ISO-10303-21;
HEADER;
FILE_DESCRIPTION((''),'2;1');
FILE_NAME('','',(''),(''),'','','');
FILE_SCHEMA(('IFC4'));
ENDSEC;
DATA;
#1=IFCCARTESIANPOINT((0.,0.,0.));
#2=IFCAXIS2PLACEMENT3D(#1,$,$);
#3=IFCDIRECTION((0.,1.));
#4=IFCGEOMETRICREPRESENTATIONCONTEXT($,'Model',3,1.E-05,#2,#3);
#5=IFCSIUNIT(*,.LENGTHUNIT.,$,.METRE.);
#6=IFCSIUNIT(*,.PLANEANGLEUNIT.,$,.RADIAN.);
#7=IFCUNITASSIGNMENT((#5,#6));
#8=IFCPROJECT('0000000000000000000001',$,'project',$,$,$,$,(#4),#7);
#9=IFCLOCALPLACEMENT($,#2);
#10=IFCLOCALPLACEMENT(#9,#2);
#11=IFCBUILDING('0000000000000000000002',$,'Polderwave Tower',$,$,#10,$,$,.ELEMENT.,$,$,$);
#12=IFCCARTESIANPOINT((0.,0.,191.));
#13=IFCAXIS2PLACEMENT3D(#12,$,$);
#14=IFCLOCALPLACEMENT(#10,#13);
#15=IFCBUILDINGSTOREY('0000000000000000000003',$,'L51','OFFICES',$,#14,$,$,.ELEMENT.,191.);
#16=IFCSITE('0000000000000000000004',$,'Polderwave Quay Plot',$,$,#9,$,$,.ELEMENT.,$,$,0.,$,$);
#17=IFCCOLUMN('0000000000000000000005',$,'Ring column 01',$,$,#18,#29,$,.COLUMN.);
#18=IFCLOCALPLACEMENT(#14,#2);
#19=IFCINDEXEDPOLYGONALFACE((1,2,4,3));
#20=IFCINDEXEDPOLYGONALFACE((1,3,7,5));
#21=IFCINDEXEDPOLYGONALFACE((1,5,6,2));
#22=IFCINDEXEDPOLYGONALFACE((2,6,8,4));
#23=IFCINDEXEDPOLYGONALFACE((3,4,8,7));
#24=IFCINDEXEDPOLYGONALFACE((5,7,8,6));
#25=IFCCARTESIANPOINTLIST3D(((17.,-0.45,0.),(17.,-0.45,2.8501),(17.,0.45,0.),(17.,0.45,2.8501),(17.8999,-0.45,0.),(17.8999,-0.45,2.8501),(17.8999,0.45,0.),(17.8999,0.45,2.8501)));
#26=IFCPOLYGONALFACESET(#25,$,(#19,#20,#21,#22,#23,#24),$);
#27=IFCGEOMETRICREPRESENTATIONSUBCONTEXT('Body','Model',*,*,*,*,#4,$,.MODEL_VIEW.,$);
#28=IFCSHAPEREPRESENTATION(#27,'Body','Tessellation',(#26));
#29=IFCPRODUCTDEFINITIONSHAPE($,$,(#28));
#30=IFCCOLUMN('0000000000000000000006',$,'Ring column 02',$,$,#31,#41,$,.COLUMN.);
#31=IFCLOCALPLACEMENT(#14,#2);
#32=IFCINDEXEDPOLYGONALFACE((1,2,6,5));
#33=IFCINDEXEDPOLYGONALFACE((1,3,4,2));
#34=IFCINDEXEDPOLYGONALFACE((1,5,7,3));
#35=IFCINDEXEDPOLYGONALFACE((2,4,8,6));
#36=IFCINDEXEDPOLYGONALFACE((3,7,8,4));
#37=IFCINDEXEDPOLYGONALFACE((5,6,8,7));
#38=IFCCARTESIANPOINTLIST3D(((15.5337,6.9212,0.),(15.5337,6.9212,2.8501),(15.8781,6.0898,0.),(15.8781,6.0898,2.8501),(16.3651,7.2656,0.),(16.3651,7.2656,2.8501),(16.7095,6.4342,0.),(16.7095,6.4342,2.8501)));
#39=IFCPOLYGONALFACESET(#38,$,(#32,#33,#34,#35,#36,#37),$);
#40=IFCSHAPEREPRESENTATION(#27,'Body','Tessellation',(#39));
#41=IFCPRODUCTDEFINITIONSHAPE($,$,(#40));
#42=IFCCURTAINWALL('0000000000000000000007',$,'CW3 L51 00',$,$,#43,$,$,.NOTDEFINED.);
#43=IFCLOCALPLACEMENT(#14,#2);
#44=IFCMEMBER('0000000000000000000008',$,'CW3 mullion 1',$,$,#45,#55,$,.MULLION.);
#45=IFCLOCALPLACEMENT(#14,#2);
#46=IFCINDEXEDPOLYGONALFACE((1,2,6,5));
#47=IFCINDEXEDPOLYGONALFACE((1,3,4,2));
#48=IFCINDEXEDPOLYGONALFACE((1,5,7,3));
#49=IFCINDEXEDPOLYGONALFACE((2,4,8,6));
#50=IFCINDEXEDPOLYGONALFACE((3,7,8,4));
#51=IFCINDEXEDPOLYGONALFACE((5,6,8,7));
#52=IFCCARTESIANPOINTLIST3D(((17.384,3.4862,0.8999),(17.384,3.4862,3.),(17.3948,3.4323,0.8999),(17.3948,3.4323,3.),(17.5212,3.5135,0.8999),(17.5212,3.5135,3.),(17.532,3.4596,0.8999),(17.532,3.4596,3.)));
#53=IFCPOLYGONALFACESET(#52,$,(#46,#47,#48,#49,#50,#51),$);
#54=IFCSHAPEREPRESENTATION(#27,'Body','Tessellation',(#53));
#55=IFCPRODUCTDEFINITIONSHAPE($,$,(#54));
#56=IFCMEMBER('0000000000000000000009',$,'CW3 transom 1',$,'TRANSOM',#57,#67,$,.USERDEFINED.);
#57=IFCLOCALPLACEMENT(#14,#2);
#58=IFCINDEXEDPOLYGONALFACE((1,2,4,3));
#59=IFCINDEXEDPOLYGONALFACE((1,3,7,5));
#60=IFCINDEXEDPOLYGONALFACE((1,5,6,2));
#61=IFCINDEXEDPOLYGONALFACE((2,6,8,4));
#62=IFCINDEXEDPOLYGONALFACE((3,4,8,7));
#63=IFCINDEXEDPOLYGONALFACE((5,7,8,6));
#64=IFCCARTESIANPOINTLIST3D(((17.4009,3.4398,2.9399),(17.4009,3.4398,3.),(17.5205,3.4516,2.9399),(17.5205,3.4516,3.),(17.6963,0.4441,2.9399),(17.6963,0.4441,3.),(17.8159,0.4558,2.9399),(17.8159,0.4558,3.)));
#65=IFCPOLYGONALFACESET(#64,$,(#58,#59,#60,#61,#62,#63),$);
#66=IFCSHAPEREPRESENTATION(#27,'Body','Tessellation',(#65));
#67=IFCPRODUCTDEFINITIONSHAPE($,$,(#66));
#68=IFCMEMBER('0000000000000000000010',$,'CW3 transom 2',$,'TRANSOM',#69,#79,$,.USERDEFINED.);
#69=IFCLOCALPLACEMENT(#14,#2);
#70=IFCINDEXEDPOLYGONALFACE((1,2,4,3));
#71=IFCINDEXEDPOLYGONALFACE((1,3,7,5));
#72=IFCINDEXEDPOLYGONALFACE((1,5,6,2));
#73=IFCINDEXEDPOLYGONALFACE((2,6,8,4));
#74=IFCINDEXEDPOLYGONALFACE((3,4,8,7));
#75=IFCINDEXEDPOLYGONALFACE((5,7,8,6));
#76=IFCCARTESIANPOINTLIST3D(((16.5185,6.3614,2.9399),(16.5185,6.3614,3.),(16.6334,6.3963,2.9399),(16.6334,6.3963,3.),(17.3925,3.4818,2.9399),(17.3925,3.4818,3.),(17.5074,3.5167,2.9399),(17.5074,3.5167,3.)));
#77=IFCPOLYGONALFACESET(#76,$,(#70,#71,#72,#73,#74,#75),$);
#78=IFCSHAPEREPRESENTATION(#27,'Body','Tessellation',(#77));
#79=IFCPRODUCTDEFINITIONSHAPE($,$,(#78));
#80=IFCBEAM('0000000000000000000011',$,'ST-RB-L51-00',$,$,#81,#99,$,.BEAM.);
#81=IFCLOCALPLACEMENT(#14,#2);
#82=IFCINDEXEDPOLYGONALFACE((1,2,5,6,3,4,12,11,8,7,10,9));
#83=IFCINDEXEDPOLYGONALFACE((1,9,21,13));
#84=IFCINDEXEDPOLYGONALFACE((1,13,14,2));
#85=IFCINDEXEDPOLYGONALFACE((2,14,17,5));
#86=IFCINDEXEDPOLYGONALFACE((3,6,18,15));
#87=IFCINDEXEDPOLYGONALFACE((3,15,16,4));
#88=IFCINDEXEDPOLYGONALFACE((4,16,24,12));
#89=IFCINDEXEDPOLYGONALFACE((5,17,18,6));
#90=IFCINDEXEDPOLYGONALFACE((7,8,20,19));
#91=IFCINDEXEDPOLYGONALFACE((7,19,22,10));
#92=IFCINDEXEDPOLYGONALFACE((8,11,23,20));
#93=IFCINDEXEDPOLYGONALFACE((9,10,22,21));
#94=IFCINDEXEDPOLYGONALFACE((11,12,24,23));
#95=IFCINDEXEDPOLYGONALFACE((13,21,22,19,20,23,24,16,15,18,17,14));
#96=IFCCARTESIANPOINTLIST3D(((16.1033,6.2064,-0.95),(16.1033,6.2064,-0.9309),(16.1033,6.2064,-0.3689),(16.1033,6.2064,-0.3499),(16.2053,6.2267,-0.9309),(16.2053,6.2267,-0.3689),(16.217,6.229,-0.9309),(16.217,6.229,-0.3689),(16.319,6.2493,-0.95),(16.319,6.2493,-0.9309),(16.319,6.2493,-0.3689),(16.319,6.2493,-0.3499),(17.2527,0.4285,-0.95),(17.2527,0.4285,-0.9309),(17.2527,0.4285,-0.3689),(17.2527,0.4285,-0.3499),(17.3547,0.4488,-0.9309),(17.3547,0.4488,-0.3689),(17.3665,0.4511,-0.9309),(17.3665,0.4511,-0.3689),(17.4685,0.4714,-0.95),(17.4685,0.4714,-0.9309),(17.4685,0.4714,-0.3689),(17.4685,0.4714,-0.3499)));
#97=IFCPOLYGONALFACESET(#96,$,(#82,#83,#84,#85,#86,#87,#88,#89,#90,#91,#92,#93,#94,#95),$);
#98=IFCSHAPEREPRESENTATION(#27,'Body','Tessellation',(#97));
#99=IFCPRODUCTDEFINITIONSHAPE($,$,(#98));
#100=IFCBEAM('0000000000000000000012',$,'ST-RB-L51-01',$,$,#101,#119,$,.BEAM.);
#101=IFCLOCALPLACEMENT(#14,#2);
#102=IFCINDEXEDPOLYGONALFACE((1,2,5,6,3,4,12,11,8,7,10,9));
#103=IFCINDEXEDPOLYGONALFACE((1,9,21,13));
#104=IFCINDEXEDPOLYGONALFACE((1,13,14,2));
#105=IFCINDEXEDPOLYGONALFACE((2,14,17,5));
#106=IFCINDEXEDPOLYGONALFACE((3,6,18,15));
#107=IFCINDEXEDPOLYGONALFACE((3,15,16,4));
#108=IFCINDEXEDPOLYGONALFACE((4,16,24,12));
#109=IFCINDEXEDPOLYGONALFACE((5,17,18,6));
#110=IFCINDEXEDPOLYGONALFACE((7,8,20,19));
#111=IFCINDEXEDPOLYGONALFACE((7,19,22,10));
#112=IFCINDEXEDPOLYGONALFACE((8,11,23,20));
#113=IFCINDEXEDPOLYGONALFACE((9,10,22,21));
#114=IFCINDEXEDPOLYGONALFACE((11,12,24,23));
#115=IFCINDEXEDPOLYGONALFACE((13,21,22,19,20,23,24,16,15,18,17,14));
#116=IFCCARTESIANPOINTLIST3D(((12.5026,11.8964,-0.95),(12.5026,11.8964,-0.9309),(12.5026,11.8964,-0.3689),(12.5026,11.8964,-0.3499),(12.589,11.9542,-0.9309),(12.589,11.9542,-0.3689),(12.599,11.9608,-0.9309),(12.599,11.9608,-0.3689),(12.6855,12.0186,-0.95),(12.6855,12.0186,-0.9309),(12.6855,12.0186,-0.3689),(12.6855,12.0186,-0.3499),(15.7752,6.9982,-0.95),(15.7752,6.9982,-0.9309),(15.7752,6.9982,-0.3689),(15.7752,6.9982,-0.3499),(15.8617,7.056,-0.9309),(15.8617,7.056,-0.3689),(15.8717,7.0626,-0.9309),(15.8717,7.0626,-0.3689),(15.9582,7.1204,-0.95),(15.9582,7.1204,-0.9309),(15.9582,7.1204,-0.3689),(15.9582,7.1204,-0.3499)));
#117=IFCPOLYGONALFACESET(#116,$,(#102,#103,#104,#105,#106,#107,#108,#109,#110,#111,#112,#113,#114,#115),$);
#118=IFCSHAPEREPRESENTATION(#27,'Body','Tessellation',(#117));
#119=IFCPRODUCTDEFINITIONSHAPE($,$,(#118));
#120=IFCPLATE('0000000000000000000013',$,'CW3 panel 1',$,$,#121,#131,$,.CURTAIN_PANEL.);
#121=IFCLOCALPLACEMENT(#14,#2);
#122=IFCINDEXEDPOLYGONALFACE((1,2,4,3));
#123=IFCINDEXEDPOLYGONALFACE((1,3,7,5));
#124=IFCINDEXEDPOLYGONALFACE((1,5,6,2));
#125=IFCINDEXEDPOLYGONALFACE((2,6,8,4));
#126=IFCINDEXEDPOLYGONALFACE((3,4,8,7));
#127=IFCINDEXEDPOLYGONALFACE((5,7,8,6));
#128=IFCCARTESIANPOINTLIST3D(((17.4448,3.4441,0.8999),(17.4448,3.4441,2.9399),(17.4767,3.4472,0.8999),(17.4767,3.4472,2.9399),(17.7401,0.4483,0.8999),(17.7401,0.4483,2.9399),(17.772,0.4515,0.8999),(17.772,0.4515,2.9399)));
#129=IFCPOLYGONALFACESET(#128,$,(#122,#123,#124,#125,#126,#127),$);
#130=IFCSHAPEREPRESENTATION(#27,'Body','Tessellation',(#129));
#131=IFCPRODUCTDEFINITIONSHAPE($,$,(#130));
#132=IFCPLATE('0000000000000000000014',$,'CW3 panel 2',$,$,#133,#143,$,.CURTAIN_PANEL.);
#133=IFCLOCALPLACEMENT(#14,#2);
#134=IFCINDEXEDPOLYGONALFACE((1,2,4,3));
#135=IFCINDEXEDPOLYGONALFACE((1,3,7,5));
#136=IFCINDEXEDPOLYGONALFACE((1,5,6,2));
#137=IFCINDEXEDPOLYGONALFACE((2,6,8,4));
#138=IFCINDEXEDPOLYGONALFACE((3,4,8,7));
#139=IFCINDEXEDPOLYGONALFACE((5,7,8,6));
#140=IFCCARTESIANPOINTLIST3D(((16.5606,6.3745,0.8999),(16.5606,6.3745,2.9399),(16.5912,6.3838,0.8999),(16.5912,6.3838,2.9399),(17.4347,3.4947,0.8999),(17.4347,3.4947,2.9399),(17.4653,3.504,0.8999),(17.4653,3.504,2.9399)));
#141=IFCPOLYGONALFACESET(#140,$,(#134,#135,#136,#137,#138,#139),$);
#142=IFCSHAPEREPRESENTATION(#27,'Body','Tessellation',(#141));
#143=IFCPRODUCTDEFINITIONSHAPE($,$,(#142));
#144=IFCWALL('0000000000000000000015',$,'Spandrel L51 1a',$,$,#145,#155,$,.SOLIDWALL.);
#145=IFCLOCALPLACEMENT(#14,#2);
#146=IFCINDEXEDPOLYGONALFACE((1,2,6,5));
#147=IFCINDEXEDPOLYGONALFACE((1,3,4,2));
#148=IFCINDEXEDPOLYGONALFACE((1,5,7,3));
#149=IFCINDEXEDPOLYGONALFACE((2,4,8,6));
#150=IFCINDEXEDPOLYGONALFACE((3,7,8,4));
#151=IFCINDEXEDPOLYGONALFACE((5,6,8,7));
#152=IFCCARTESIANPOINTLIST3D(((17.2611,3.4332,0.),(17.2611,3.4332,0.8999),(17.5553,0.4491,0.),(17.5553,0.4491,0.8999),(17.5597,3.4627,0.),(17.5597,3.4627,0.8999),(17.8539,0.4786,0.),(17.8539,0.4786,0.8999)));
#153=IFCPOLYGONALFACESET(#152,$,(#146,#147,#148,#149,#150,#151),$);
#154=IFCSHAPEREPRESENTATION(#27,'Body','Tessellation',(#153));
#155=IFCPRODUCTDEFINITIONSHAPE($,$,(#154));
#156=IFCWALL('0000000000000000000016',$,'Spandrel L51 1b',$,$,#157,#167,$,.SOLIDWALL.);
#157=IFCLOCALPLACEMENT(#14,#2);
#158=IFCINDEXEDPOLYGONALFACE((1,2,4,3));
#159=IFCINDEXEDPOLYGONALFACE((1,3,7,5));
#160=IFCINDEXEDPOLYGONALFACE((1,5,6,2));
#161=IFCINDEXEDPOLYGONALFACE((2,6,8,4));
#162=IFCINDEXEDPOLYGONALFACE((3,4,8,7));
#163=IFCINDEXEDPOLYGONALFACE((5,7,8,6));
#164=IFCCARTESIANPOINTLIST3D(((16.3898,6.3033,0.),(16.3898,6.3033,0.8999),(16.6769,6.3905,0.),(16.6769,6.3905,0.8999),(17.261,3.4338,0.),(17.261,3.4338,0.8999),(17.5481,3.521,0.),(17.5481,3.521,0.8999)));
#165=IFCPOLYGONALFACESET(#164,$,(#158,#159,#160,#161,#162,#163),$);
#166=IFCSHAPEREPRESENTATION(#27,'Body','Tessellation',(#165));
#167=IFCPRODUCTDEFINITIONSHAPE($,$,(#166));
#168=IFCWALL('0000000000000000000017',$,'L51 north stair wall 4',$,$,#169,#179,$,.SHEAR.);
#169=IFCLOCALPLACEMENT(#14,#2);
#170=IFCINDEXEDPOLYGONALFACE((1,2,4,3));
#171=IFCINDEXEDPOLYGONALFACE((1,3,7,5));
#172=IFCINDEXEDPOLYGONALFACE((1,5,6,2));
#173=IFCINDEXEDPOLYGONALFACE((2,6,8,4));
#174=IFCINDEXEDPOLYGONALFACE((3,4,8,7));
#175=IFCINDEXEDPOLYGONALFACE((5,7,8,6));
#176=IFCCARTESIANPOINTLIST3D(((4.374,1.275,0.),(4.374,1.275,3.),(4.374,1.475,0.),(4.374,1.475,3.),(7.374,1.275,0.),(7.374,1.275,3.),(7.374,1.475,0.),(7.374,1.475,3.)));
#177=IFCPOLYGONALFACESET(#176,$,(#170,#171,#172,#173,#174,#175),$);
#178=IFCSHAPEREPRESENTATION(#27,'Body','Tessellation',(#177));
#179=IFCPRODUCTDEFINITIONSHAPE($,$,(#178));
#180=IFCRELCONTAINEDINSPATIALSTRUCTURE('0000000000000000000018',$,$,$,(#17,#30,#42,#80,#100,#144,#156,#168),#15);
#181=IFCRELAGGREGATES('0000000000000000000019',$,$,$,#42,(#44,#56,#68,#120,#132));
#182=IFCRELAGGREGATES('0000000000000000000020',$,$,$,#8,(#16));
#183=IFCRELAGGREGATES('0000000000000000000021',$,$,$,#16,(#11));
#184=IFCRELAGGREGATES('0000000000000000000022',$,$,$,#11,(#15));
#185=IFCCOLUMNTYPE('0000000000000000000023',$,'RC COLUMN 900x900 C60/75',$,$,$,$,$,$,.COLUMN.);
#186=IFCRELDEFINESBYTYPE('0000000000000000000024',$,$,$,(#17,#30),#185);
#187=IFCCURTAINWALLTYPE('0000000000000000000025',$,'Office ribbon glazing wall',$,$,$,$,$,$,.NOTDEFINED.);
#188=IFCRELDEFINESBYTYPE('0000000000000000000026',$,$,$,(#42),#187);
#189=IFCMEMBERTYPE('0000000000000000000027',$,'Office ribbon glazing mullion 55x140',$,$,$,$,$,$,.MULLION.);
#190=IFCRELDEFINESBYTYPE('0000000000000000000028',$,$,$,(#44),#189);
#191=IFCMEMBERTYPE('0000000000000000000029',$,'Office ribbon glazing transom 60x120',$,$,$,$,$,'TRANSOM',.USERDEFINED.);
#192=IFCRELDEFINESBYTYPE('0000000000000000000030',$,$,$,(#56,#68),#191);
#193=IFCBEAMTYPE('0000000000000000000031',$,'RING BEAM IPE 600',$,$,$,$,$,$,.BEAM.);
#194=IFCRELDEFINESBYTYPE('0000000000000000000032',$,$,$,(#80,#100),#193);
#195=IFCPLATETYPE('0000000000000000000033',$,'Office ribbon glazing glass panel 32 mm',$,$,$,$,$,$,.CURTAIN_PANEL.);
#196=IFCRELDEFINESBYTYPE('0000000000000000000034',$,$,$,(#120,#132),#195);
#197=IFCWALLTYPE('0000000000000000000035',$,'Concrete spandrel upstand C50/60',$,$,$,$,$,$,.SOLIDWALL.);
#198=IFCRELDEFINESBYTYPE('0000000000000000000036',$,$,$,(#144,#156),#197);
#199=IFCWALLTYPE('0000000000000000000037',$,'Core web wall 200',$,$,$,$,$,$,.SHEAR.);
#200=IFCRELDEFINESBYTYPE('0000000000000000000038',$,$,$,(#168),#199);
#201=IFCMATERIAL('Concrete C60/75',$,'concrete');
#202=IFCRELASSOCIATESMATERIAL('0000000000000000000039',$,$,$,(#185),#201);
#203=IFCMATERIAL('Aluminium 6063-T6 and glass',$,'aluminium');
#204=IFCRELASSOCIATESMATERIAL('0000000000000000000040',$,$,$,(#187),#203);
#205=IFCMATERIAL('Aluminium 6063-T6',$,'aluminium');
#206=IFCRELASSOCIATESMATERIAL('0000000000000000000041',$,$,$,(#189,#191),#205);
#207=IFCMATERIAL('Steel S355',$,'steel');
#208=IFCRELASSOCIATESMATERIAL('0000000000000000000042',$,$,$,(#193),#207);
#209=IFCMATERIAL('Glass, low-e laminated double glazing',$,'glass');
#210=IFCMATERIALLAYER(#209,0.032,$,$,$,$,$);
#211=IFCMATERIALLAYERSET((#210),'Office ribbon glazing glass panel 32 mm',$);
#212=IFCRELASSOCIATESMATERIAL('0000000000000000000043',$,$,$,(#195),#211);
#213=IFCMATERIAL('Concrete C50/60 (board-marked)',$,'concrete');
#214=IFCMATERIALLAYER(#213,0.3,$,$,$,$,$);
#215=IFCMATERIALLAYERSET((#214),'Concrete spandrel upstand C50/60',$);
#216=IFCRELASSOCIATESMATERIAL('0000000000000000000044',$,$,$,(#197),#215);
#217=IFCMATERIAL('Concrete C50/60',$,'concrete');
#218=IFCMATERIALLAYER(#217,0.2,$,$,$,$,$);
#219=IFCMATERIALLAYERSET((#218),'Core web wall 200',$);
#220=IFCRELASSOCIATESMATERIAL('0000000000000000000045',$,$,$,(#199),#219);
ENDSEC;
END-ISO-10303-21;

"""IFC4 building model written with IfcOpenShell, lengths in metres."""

from ifc_helpers import new_model, si_unit, direction, frame, frame_2d, origin, origin_2d, place, context, subcontext, project, spatial, rectangle, i_section, extrude, material, layer, layer_set, material_profile, profile_set, type_object, element, aggregate, save


model = new_model("IFC4")

# Units and contexts
model_context = context("Model", 3, precision=1e-05, world=origin(), true_north=direction((0.0, 1.0)))
body_context = subcontext(model_context, "Body", "Model", "MODEL_VIEW")
ifc_project = project(units=[si_unit("LENGTHUNIT", "METRE"), si_unit("PLANEANGLEUNIT", "RADIAN")], contexts=[model_context])

# Site, building, storey
site_placement = place(None, origin())
site = spatial("IfcSite", under=ifc_project, at=site_placement, Name="Polderwave Quay Plot", CompositionType="ELEMENT", RefElevation=0.0)
building_placement = place(site_placement, origin())
building = spatial("IfcBuilding", under=site, at=building_placement, Name="Polderwave Tower", CompositionType="ELEMENT")
storey_placement = place(building_placement, frame((0.0, 0.0, 191.0)))
storey = spatial("IfcBuildingStorey", under=building, at=storey_placement, Name="L51", Description="OFFICES", CompositionType="ELEMENT", Elevation=191.0)

# Columns
ifc_material_1 = material(Name="Concrete C60/75", Category="concrete")
ifc_material_profile_1 = material_profile(ifc_material_1, rectangle(XDim=0.8999, YDim=0.8999, at=origin_2d()), Name="RC 900x900")
ifc_profile_set_1 = profile_set([ifc_material_profile_1], Name="Concrete C60/75")
column_type = type_object("IfcColumnType", Name="RC COLUMN 900x900 C60/75", PredefinedType="COLUMN", material=ifc_profile_set_1)
for number, where, z_axis, x_axis, name in (
    (1, (17.45, 0.0, 0.0), (0.0, 0.0, 1.0), (1.0, 0.0, 0.0), "Ring column 01"),
    (2, (16.1216, 6.6777, 0.0), (0.0, 0.0, 1.0), (0.92388, 0.382683, 0.0), "Ring column 02"),
):
    element("IfcColumn", number, at=place(storey_placement, frame(where, z_axis=z_axis, x_axis=x_axis)), inside=storey, type_object=column_type, Name=name, PredefinedType="COLUMN", context=body_context, shape_type="SweptSolid", body=[
        extrude(rectangle(XDim=0.8999, YDim=0.8999, at=origin_2d()), origin(), (0.0, 0.0, 1.0), 2.8501),
    ])

# Curtain wall, members
ifc_material_2 = material(Name="Aluminium 6063-T6 and glass", Category="aluminium")
curtain_wall_type = type_object("IfcCurtainWallType", Name="Office ribbon glazing wall", PredefinedType="NOTDEFINED", material=ifc_material_2)
curtain_wall_placement = place(storey_placement, origin())
curtain_wall = element("IfcCurtainWall", 3, at=curtain_wall_placement, inside=storey, type_object=curtain_wall_type, Name="CW3 L51 00", PredefinedType="NOTDEFINED")
ifc_material_3 = material(Name="Aluminium 6063-T6", Category="aluminium")
ifc_material_profile_2 = material_profile(ifc_material_3, rectangle(XDim=0.1399, YDim=0.0549, at=origin_2d()), Name="AL 55x140")
ifc_profile_set_2 = profile_set([ifc_material_profile_2], Name="Aluminium 6063-T6")
member_type_1 = type_object("IfcMemberType", Name="Office ribbon glazing mullion 55x140", PredefinedType="MULLION", material=ifc_profile_set_2)
member_1_placement = place(storey_placement, frame((17.458, 3.4729, 0.8999), z_axis=(0.0, 0.0, 1.0), x_axis=(-0.980762, -0.195205, 0.0)))
member_1 = element("IfcMember", 4, at=member_1_placement, type_object=member_type_1, Name="CW3 mullion 1", PredefinedType="MULLION", context=body_context, shape_type="SweptSolid", body=[
    extrude(rectangle(XDim=0.1399, YDim=0.0549, at=origin_2d()), origin(), (0.0, 0.0, 1.0), 2.1001),
])
ifc_material_profile_3 = material_profile(ifc_material_3, rectangle(XDim=0.1201, YDim=0.0601, at=origin_2d()), Name="AL 60x120")
ifc_profile_set_3 = profile_set([ifc_material_profile_3], Name="Aluminium 6063-T6")
member_type_2 = type_object("IfcMemberType", Name="Office ribbon glazing transom 60x120", ElementType="TRANSOM", PredefinedType="USERDEFINED", material=ifc_profile_set_3)
member_2_placement = place(storey_placement, frame((17.7561, 0.45, 2.97), z_axis=(-0.098138, 0.995173, 0.0), x_axis=(-0.995173, -0.098138, 0.0)))
member_2 = element("IfcMember", 5, at=member_2_placement, type_object=member_type_2, Name="CW3 transom 1", ObjectType="TRANSOM", PredefinedType="USERDEFINED", context=body_context, shape_type="SweptSolid", body=[
    extrude(rectangle(XDim=0.1201, YDim=0.0601, at=origin_2d()), origin(), (0.0, 0.0, 1.0), 3.0103),
])
member_3_placement = place(storey_placement, frame((17.45, 3.4993, 2.97), z_axis=(-0.290435, 0.956895, 0.0), x_axis=(-0.956895, -0.290435, 0.0)))
member_3 = element("IfcMember", 6, at=member_3_placement, type_object=member_type_2, Name="CW3 transom 2", ObjectType="TRANSOM", PredefinedType="USERDEFINED", context=body_context, shape_type="SweptSolid", body=[
    extrude(rectangle(XDim=0.1201, YDim=0.0601, at=origin_2d()), origin(), (0.0, 0.0, 1.0), 3.0093),
])

# Beams
ifc_material_4 = material(Name="Steel S355", Category="steel")
ifc_material_profile_4 = material_profile(ifc_material_4, i_section(OverallWidth=0.22, OverallDepth=0.6001, WebThickness=0.012, FlangeThickness=0.019, at=origin_2d()), Name="IPE 600")
ifc_profile_set_4 = profile_set([ifc_material_profile_4], Name="Steel S355")
beam_type = type_object("IfcBeamType", Name="RING BEAM IPE 600", PredefinedType="BEAM", material=ifc_profile_set_4)
beam_1_placement = place(storey_placement, frame((17.3606, 0.45, -0.6499), z_axis=(-0.195112, 0.980781, 0.0), x_axis=(-0.980781, -0.195112, 0.0)))
element("IfcBeam", 7, at=beam_1_placement, inside=storey, type_object=beam_type, Name="ST-RB-L51-00", PredefinedType="BEAM", context=body_context, shape_type="SweptSolid", body=[
    extrude(i_section(OverallWidth=0.22, OverallDepth=0.6001, WebThickness=0.012, FlangeThickness=0.019, at=origin_2d()), origin(), (0.0, 0.0, 1.0), 5.8911),
])
beam_2_placement = place(storey_placement, frame((15.8667, 7.0593, -0.6499), z_axis=(-0.555551, 0.831482, 0.0), x_axis=(-0.831482, -0.555551, 0.0)))
element("IfcBeam", 8, at=beam_2_placement, inside=storey, type_object=beam_type, Name="ST-RB-L51-01", PredefinedType="BEAM", context=body_context, shape_type="SweptSolid", body=[
    extrude(i_section(OverallWidth=0.22, OverallDepth=0.6001, WebThickness=0.012, FlangeThickness=0.019, at=origin_2d()), origin(), (0.0, 0.0, 1.0), 5.8909),
])

# Plates
ifc_material_5 = material(Name="Glass, low-e laminated double glazing", Category="glass")
ifc_layer_1 = layer(ifc_material_5, 0.032)
ifc_layer_set_1 = layer_set([ifc_layer_1], Name="Office ribbon glazing glass panel 32 mm")
plate_type = type_object("IfcPlateType", Name="Office ribbon glazing glass panel 32 mm", PredefinedType="CURTAIN_PANEL", material=ifc_layer_set_1)
plate_1_placement = place(storey_placement, frame((17.6084, 1.9478, 0.8999), z_axis=(0.0, 0.0, 1.0), x_axis=(-0.098102, 0.995176, 0.0)))
plate_1 = element("IfcPlate", 9, at=plate_1_placement, type_object=plate_type, Name="CW3 panel 1", PredefinedType="CURTAIN_PANEL", context=body_context, shape_type="SweptSolid", body=[
    extrude(rectangle(XDim=3.0103, YDim=0.032, at=origin_2d()), origin(), (0.0, 0.0, 1.0), 2.04),
])
plate_2_placement = place(storey_placement, frame((17.0129, 4.9392, 0.8999), z_axis=(0.0, 0.0, 1.0), x_axis=(-0.290428, 0.956897, 0.0)))
plate_2 = element("IfcPlate", 10, at=plate_2_placement, type_object=plate_type, Name="CW3 panel 2", PredefinedType="CURTAIN_PANEL", context=body_context, shape_type="SweptSolid", body=[
    extrude(rectangle(XDim=3.0095, YDim=0.032, at=origin_2d()), origin(), (0.0, 0.0, 1.0), 2.04),
])
aggregate(curtain_wall, [member_1, member_2, member_3, plate_1, plate_2])

# Walls
ifc_material_6 = material(Name="Concrete C50/60 (board-marked)", Category="concrete")
ifc_layer_2 = layer(ifc_material_6, 0.3)
ifc_layer_set_2 = layer_set([ifc_layer_2], Name="Concrete spandrel upstand C50/60")
wall_type_1 = type_object("IfcWallType", Name="Concrete spandrel upstand C50/60", PredefinedType="SOLIDWALL", material=ifc_layer_set_2)
wall_1_placement = place(storey_placement, frame((17.7046, 0.4639, 0.0), z_axis=(0.0, 0.0, 1.0), x_axis=(-0.098109, 0.995176, 0.0)))
element("IfcWall", 11, at=wall_1_placement, inside=storey, type_object=wall_type_1, Name="Spandrel L51 1a", PredefinedType="SOLIDWALL", context=body_context, shape_type="SweptSolid", body=[
    extrude(rectangle(XDim=2.9985, YDim=0.3, at=frame_2d((1.4993, 0.0))), origin(), (0.0, 0.0, 1.0), 0.8999),
])
wall_2_placement = place(storey_placement, frame((17.4045, 3.4773, 0.0), z_axis=(0.0, 0.0, 1.0), x_axis=(-0.290491, 0.956878, 0.0)))
element("IfcWall", 12, at=wall_2_placement, inside=storey, type_object=wall_type_1, Name="Spandrel L51 1b", PredefinedType="SOLIDWALL", context=body_context, shape_type="SweptSolid", body=[
    extrude(rectangle(XDim=2.9988, YDim=0.3, at=frame_2d((1.4995, 0.0))), origin(), (0.0, 0.0, 1.0), 0.8999),
])
ifc_material_7 = material(Name="Concrete C50/60", Category="concrete")
ifc_layer_3 = layer(ifc_material_7, 0.2)
ifc_layer_set_3 = layer_set([ifc_layer_3], Name="Core web wall 200")
wall_type_2 = type_object("IfcWallType", Name="Core web wall 200", PredefinedType="SHEAR", material=ifc_layer_set_3)
wall_3_placement = place(storey_placement, frame((4.374, 1.375, 0.0), z_axis=(0.0, 0.0, 1.0), x_axis=(1.0, 0.0, 0.0)))
element("IfcWall", 13, at=wall_3_placement, inside=storey, type_object=wall_type_2, Name="L51 north stair wall 4", PredefinedType="SHEAR", context=body_context, shape_type="SweptSolid", body=[
    extrude(rectangle(XDim=3.0, YDim=0.2, at=frame_2d((1.5, 0.0))), origin(), (0.0, 0.0, 1.0), 3.0),
])

save(model, "model.ifc")
